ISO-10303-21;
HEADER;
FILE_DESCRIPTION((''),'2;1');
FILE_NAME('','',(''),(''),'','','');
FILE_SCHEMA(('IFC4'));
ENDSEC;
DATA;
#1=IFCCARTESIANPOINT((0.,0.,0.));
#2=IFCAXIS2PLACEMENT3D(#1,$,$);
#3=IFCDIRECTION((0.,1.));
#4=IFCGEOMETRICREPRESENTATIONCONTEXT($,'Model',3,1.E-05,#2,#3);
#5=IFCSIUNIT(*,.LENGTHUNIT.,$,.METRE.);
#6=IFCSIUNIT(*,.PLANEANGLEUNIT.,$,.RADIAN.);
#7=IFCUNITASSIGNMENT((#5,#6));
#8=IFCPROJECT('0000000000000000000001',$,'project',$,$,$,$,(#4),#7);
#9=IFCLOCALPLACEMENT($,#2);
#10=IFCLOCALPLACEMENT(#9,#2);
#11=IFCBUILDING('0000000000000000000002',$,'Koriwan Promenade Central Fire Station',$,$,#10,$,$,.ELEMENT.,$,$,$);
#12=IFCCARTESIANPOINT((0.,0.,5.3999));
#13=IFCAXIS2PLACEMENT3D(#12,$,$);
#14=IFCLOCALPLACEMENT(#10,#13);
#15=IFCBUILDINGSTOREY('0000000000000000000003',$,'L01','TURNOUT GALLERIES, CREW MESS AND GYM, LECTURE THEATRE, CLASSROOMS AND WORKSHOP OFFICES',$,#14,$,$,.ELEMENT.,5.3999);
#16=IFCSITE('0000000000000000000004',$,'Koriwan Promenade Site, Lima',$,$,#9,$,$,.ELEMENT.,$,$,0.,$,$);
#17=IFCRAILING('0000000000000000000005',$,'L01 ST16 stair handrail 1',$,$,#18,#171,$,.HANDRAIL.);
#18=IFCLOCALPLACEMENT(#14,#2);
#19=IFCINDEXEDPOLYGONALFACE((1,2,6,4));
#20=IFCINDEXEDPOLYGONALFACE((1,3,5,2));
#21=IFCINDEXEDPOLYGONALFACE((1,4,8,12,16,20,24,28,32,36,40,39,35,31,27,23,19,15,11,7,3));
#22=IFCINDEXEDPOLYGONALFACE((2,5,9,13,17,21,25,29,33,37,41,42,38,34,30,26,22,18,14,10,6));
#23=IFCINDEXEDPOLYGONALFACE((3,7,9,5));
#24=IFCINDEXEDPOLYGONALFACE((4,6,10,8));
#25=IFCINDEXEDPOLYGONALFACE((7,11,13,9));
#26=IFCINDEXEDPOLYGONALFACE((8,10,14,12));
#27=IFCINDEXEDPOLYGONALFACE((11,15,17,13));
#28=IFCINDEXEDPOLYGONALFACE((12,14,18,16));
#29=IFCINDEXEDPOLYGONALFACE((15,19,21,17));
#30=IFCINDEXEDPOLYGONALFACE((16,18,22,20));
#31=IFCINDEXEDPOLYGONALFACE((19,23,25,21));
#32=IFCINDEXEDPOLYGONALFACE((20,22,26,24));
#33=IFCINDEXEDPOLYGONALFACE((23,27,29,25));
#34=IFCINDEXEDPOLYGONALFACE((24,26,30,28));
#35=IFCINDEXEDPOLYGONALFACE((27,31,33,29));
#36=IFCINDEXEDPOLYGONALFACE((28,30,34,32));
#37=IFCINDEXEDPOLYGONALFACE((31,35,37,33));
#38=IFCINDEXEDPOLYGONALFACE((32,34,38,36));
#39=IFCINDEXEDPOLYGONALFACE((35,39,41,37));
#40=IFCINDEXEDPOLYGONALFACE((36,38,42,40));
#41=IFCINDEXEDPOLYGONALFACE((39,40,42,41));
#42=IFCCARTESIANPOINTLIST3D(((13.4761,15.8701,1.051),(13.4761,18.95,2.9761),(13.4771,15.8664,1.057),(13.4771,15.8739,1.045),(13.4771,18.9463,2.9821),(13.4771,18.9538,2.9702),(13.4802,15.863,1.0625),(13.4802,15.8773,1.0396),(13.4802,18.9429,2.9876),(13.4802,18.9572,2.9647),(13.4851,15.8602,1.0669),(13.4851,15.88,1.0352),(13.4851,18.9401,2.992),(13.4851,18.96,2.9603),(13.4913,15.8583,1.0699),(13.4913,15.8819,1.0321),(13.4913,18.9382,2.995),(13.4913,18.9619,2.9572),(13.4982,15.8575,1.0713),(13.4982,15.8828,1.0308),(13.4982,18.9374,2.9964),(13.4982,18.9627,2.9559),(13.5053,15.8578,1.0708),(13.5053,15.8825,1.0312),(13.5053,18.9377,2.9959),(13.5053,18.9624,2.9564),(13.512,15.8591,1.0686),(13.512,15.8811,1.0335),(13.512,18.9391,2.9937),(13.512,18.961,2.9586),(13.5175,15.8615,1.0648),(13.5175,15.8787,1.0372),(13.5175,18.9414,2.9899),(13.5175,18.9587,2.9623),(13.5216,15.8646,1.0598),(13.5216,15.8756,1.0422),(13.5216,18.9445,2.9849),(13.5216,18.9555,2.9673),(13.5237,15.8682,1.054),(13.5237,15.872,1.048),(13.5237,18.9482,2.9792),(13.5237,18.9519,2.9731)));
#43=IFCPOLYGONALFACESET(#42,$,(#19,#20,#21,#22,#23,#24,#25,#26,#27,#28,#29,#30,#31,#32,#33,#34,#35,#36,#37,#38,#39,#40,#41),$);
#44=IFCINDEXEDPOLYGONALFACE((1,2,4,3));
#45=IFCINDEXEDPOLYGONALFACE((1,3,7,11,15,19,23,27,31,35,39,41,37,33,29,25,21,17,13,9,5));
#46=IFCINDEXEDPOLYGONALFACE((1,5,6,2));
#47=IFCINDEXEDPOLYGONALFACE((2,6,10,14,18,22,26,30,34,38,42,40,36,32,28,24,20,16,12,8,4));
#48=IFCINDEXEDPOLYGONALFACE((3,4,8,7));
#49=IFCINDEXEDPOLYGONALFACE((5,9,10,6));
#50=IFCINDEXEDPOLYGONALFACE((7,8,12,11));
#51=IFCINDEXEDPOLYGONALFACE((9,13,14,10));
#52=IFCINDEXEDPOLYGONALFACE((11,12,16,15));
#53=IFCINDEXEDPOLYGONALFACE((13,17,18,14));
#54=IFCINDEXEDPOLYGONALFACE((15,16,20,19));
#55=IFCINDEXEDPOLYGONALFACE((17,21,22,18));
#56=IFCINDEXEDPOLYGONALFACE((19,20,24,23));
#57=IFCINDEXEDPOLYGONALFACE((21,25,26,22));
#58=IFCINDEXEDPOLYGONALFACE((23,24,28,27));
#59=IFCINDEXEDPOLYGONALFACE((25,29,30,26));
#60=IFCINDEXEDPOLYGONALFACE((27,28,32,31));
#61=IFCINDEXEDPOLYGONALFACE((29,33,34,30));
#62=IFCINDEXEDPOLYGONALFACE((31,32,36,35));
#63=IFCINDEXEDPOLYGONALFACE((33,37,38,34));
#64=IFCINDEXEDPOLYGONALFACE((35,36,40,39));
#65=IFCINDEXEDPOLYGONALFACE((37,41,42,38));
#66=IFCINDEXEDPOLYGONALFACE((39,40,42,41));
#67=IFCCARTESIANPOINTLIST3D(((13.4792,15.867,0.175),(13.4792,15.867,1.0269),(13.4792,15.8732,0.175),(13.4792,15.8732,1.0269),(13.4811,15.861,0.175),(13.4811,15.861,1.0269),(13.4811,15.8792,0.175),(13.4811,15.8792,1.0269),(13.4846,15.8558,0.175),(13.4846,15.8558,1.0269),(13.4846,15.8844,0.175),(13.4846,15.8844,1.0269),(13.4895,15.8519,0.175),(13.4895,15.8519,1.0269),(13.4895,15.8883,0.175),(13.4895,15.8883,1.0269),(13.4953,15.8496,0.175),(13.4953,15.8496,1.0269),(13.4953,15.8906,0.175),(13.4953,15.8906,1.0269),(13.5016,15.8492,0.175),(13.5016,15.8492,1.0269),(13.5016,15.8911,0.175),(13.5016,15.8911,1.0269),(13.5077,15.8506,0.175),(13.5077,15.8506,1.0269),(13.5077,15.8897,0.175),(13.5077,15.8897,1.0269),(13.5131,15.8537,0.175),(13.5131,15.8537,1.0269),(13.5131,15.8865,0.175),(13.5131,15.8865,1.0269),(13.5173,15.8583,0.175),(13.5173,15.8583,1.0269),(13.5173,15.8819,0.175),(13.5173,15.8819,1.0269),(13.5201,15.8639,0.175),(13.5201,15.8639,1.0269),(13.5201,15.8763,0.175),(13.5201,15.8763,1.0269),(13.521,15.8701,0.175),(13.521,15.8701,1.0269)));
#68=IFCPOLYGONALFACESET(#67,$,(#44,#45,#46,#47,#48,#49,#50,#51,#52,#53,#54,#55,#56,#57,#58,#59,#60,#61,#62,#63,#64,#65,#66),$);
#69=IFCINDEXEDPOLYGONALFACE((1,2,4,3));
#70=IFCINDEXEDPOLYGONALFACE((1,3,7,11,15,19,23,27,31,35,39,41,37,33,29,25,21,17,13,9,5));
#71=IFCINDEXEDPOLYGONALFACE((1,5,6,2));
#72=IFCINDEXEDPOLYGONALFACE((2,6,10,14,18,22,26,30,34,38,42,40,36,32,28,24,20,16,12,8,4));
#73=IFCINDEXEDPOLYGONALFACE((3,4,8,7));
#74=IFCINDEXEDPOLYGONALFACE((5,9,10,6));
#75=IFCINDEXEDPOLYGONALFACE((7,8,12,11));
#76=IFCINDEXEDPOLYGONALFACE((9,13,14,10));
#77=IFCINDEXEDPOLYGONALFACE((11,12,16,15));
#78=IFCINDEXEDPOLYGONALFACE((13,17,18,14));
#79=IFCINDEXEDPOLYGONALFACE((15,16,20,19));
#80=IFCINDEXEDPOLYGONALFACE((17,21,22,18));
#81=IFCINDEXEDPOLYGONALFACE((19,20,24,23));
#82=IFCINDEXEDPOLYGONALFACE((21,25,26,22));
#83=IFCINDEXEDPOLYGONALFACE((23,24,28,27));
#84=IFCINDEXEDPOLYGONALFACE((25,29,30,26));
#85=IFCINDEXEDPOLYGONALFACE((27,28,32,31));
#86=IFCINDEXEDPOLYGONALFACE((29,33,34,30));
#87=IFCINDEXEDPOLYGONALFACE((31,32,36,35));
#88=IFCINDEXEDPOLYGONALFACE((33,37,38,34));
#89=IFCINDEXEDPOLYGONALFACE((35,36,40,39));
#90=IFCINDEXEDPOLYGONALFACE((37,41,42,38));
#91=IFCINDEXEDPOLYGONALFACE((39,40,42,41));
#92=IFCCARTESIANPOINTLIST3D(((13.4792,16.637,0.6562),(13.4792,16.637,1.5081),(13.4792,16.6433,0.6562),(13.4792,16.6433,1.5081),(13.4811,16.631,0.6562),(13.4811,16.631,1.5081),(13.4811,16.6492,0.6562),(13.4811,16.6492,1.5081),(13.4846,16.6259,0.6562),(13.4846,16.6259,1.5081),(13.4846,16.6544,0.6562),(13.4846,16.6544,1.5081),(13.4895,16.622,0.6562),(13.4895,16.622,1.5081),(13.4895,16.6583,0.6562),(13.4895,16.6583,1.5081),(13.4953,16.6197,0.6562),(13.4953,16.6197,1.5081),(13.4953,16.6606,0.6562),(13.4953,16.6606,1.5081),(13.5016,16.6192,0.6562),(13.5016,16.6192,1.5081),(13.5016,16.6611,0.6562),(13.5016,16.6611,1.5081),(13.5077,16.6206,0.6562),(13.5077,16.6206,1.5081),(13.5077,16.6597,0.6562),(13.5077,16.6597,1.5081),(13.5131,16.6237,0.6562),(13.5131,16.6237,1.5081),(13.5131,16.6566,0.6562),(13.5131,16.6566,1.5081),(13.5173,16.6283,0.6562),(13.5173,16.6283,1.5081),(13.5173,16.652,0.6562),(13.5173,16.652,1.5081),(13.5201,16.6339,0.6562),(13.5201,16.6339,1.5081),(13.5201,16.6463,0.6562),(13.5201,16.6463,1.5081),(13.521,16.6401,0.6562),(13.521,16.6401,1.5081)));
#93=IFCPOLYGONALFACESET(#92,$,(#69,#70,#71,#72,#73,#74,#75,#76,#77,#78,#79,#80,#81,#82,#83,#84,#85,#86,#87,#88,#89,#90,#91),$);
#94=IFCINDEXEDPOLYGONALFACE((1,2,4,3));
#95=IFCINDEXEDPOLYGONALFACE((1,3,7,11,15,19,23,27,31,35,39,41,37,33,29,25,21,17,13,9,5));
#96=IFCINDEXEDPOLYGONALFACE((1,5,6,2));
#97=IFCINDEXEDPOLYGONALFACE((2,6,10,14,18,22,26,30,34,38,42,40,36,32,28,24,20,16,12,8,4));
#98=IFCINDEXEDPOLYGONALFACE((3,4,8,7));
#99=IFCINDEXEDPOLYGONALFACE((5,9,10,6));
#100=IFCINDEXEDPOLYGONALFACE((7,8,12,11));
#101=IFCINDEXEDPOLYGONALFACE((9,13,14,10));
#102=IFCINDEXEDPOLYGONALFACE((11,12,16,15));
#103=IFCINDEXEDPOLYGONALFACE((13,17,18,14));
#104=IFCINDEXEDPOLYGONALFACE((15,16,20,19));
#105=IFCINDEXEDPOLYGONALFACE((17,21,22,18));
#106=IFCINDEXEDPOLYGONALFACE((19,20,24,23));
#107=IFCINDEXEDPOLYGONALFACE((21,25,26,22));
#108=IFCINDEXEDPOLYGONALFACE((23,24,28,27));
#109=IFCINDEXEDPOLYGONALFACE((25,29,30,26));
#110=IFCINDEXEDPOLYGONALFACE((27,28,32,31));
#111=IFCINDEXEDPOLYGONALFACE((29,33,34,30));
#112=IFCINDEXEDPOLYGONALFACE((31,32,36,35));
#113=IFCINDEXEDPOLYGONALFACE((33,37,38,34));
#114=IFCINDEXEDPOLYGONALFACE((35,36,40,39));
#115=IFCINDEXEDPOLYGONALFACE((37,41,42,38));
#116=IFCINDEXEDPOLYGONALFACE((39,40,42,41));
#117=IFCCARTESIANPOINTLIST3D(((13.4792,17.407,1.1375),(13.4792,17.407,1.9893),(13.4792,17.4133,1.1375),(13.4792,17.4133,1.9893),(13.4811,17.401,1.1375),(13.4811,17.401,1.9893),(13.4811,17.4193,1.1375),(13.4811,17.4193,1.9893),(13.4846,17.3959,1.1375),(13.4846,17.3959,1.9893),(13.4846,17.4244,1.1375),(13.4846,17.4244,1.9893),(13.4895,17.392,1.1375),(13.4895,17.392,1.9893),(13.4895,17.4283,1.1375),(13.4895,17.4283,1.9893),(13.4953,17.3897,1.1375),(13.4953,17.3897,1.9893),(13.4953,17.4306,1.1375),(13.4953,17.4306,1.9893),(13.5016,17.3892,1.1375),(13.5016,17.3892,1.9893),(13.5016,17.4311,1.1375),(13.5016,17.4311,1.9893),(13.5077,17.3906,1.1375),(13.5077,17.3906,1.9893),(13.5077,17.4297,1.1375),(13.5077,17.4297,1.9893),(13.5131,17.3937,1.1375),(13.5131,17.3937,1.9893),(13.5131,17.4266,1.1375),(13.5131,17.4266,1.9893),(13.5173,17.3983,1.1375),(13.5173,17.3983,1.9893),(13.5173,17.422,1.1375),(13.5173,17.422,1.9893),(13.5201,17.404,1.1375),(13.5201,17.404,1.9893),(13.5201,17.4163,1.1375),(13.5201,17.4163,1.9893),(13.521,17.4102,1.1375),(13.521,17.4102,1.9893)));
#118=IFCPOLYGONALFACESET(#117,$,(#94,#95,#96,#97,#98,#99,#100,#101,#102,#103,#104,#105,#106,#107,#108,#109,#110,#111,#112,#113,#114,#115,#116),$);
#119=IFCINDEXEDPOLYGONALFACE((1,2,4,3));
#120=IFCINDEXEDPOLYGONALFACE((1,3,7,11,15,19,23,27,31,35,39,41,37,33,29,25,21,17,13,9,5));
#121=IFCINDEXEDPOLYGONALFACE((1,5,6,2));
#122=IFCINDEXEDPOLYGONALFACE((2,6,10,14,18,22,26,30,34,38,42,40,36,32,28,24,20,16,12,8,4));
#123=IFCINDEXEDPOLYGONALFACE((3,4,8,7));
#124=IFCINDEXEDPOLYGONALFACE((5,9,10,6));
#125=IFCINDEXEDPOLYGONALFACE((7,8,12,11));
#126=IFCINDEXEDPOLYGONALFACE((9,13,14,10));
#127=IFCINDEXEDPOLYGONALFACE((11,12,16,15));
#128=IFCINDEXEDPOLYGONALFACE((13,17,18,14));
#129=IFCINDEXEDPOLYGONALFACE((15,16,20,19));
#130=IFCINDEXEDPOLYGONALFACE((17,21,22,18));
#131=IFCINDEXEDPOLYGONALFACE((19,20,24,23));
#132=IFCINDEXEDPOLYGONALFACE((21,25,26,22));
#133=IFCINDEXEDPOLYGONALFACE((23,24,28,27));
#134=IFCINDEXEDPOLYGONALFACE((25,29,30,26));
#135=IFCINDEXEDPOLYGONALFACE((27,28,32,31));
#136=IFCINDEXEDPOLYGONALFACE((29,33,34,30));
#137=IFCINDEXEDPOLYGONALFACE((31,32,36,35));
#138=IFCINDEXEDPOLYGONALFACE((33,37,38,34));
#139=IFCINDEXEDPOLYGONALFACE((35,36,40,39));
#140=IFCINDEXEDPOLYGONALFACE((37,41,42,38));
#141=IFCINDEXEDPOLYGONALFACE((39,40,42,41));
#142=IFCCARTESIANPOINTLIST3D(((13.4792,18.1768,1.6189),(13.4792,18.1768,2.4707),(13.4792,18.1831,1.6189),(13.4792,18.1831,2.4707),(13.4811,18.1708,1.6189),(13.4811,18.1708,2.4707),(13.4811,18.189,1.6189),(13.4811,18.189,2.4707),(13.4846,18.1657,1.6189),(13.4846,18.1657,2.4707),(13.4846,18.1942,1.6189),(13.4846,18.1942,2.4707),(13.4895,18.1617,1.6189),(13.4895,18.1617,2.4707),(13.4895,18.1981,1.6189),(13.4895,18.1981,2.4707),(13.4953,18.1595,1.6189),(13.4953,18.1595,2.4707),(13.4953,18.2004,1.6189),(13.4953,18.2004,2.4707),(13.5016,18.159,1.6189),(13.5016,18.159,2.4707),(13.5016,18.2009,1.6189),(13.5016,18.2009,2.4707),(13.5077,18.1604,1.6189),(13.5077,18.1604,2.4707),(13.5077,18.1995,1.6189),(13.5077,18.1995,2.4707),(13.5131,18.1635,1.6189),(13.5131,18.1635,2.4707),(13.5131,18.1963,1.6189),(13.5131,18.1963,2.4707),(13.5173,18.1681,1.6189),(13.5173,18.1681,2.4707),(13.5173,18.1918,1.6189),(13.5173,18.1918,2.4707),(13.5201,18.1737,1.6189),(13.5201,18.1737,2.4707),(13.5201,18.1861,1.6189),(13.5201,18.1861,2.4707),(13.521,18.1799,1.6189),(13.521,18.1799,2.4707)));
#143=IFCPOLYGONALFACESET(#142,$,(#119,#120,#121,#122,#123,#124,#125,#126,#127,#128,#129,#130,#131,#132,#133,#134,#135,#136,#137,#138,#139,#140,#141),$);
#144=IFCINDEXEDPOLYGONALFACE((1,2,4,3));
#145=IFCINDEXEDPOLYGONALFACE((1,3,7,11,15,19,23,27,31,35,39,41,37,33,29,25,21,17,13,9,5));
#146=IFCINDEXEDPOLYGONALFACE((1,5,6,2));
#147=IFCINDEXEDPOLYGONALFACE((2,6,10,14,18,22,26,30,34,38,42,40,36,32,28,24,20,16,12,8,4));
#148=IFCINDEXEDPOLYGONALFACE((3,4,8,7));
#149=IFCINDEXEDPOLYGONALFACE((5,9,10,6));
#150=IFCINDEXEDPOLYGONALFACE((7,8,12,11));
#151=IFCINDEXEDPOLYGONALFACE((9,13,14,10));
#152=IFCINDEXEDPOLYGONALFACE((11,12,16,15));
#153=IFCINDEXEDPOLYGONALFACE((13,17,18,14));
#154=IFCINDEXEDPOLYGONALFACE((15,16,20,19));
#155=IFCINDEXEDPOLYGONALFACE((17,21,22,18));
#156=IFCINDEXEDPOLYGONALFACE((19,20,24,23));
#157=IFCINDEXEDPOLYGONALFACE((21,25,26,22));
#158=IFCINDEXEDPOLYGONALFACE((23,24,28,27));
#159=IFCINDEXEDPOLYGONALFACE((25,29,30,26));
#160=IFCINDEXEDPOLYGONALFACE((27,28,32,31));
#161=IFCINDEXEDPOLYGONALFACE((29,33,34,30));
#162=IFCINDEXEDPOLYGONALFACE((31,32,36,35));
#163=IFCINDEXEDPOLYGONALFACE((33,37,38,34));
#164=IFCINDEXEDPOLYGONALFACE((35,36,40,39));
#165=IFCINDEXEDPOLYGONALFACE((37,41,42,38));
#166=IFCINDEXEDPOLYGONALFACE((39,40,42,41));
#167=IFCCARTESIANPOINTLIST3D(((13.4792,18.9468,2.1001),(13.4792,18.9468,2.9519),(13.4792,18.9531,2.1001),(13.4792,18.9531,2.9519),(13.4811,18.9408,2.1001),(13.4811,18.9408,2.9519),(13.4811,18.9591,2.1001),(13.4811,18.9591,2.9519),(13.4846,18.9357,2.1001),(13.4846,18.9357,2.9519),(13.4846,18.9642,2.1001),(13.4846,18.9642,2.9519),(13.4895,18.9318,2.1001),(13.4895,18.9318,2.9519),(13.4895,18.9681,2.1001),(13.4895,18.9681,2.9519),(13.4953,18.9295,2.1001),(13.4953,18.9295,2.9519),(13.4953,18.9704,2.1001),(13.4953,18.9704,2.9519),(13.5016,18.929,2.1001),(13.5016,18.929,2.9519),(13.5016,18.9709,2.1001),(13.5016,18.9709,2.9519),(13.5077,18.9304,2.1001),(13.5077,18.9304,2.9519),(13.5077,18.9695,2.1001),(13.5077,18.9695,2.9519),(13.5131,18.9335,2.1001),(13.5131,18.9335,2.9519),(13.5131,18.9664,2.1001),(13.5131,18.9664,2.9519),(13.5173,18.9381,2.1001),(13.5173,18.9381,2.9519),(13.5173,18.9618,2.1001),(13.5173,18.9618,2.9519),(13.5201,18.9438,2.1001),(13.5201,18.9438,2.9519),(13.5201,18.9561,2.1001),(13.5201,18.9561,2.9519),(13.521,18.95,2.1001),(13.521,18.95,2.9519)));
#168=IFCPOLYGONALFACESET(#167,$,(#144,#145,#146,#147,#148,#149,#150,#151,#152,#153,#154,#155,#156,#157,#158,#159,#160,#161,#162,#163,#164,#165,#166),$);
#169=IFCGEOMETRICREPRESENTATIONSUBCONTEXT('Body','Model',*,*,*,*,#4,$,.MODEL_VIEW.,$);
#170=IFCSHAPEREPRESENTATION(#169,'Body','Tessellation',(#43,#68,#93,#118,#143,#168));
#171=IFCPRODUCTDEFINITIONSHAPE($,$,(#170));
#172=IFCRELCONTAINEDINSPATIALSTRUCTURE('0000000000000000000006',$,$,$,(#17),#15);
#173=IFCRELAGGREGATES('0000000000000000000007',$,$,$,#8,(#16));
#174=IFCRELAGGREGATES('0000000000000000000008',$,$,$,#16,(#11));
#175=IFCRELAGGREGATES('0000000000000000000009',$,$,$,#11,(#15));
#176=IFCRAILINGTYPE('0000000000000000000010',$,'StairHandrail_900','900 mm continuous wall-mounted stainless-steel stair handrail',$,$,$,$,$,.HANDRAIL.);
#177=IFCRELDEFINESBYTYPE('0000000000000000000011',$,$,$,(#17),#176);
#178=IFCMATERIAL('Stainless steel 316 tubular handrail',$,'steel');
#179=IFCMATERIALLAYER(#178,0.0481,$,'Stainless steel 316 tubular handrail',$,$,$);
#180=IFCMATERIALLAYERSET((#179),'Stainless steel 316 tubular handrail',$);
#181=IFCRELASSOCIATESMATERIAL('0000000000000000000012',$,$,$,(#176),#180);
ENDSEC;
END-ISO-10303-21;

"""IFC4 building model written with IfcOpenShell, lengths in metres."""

from ifc_helpers import new_model, si_unit, direction, frame, origin, origin_2d, place, context, subcontext, project, spatial, circle, extrude, material, layer, layer_set, type_object, element, save


model = new_model("IFC4")

# Units and contexts
model_context = context("Model", 3, precision=1e-05, world=origin(), true_north=direction((0.0, 1.0)))
body_context = subcontext(model_context, "Body", "Model", "MODEL_VIEW")
ifc_project = project(units=[si_unit("LENGTHUNIT", "METRE"), si_unit("PLANEANGLEUNIT", "RADIAN")], contexts=[model_context])

# Site, building, storey
site_placement = place(None, origin())
site = spatial("IfcSite", under=ifc_project, at=site_placement, Name="Koriwan Promenade Site, Lima", CompositionType="ELEMENT", RefElevation=0.0)
building_placement = place(site_placement, origin())
building = spatial("IfcBuilding", under=site, at=building_placement, Name="Koriwan Promenade Central Fire Station", CompositionType="ELEMENT")
storey_placement = place(building_placement, frame((0.0, 0.0, 5.3999)))
storey = spatial("IfcBuildingStorey", under=building, at=storey_placement, Name="L01", Description="TURNOUT GALLERIES, CREW MESS AND GYM, LECTURE THEATRE, CLASSROOMS AND WORKSHOP OFFICES", CompositionType="ELEMENT", Elevation=5.3999)

# Railing
ifc_material_1 = material(Name="Stainless steel 316 tubular handrail", Category="steel")
ifc_layer_1 = layer(ifc_material_1, 0.0481, Name="Stainless steel 316 tubular handrail")
ifc_layer_set_1 = layer_set([ifc_layer_1], Name="Stainless steel 316 tubular handrail")
railing_type_1 = type_object("IfcRailingType", Name="StairHandrail_900", Description="900 mm continuous wall-mounted stainless-steel stair handrail", PredefinedType="HANDRAIL", material=ifc_layer_set_1)
railing_1_placement = place(storey_placement, frame((13.5, 15.8701, 0.175)))
element("IfcRailing", 1, at=railing_1_placement, inside=storey, type_object=railing_type_1, Name="L01 ST16 stair handrail 1", PredefinedType="HANDRAIL", context=body_context, shape_type="SweptSolid", body=[
    extrude(circle(Radius=0.0239, at=origin_2d()), frame((0.0, 0.0, 0.876), z_axis=(0.0, 0.847979, 0.530029), x_axis=(-1.0, 0.0, 0.0)), (0.0, 0.0, 1.0), 3.6321),
    extrude(circle(Radius=0.021, at=origin_2d()), origin(), (0.0, 0.0, 1.0), 0.8518),
    extrude(circle(Radius=0.021, at=origin_2d()), frame((0.0, 0.77, 0.4812)), (0.0, 0.0, 1.0), 0.8518),
    extrude(circle(Radius=0.021, at=origin_2d()), frame((0.0, 1.54, 0.9624)), (0.0, 0.0, 1.0), 0.8518),
    extrude(circle(Radius=0.021, at=origin_2d()), frame((0.0, 2.3098, 1.4438)), (0.0, 0.0, 1.0), 0.8518),
    extrude(circle(Radius=0.021, at=origin_2d()), frame((0.0, 3.0798, 1.925)), (0.0, 0.0, 1.0), 0.8518),
])

save(model, "model.ifc")
